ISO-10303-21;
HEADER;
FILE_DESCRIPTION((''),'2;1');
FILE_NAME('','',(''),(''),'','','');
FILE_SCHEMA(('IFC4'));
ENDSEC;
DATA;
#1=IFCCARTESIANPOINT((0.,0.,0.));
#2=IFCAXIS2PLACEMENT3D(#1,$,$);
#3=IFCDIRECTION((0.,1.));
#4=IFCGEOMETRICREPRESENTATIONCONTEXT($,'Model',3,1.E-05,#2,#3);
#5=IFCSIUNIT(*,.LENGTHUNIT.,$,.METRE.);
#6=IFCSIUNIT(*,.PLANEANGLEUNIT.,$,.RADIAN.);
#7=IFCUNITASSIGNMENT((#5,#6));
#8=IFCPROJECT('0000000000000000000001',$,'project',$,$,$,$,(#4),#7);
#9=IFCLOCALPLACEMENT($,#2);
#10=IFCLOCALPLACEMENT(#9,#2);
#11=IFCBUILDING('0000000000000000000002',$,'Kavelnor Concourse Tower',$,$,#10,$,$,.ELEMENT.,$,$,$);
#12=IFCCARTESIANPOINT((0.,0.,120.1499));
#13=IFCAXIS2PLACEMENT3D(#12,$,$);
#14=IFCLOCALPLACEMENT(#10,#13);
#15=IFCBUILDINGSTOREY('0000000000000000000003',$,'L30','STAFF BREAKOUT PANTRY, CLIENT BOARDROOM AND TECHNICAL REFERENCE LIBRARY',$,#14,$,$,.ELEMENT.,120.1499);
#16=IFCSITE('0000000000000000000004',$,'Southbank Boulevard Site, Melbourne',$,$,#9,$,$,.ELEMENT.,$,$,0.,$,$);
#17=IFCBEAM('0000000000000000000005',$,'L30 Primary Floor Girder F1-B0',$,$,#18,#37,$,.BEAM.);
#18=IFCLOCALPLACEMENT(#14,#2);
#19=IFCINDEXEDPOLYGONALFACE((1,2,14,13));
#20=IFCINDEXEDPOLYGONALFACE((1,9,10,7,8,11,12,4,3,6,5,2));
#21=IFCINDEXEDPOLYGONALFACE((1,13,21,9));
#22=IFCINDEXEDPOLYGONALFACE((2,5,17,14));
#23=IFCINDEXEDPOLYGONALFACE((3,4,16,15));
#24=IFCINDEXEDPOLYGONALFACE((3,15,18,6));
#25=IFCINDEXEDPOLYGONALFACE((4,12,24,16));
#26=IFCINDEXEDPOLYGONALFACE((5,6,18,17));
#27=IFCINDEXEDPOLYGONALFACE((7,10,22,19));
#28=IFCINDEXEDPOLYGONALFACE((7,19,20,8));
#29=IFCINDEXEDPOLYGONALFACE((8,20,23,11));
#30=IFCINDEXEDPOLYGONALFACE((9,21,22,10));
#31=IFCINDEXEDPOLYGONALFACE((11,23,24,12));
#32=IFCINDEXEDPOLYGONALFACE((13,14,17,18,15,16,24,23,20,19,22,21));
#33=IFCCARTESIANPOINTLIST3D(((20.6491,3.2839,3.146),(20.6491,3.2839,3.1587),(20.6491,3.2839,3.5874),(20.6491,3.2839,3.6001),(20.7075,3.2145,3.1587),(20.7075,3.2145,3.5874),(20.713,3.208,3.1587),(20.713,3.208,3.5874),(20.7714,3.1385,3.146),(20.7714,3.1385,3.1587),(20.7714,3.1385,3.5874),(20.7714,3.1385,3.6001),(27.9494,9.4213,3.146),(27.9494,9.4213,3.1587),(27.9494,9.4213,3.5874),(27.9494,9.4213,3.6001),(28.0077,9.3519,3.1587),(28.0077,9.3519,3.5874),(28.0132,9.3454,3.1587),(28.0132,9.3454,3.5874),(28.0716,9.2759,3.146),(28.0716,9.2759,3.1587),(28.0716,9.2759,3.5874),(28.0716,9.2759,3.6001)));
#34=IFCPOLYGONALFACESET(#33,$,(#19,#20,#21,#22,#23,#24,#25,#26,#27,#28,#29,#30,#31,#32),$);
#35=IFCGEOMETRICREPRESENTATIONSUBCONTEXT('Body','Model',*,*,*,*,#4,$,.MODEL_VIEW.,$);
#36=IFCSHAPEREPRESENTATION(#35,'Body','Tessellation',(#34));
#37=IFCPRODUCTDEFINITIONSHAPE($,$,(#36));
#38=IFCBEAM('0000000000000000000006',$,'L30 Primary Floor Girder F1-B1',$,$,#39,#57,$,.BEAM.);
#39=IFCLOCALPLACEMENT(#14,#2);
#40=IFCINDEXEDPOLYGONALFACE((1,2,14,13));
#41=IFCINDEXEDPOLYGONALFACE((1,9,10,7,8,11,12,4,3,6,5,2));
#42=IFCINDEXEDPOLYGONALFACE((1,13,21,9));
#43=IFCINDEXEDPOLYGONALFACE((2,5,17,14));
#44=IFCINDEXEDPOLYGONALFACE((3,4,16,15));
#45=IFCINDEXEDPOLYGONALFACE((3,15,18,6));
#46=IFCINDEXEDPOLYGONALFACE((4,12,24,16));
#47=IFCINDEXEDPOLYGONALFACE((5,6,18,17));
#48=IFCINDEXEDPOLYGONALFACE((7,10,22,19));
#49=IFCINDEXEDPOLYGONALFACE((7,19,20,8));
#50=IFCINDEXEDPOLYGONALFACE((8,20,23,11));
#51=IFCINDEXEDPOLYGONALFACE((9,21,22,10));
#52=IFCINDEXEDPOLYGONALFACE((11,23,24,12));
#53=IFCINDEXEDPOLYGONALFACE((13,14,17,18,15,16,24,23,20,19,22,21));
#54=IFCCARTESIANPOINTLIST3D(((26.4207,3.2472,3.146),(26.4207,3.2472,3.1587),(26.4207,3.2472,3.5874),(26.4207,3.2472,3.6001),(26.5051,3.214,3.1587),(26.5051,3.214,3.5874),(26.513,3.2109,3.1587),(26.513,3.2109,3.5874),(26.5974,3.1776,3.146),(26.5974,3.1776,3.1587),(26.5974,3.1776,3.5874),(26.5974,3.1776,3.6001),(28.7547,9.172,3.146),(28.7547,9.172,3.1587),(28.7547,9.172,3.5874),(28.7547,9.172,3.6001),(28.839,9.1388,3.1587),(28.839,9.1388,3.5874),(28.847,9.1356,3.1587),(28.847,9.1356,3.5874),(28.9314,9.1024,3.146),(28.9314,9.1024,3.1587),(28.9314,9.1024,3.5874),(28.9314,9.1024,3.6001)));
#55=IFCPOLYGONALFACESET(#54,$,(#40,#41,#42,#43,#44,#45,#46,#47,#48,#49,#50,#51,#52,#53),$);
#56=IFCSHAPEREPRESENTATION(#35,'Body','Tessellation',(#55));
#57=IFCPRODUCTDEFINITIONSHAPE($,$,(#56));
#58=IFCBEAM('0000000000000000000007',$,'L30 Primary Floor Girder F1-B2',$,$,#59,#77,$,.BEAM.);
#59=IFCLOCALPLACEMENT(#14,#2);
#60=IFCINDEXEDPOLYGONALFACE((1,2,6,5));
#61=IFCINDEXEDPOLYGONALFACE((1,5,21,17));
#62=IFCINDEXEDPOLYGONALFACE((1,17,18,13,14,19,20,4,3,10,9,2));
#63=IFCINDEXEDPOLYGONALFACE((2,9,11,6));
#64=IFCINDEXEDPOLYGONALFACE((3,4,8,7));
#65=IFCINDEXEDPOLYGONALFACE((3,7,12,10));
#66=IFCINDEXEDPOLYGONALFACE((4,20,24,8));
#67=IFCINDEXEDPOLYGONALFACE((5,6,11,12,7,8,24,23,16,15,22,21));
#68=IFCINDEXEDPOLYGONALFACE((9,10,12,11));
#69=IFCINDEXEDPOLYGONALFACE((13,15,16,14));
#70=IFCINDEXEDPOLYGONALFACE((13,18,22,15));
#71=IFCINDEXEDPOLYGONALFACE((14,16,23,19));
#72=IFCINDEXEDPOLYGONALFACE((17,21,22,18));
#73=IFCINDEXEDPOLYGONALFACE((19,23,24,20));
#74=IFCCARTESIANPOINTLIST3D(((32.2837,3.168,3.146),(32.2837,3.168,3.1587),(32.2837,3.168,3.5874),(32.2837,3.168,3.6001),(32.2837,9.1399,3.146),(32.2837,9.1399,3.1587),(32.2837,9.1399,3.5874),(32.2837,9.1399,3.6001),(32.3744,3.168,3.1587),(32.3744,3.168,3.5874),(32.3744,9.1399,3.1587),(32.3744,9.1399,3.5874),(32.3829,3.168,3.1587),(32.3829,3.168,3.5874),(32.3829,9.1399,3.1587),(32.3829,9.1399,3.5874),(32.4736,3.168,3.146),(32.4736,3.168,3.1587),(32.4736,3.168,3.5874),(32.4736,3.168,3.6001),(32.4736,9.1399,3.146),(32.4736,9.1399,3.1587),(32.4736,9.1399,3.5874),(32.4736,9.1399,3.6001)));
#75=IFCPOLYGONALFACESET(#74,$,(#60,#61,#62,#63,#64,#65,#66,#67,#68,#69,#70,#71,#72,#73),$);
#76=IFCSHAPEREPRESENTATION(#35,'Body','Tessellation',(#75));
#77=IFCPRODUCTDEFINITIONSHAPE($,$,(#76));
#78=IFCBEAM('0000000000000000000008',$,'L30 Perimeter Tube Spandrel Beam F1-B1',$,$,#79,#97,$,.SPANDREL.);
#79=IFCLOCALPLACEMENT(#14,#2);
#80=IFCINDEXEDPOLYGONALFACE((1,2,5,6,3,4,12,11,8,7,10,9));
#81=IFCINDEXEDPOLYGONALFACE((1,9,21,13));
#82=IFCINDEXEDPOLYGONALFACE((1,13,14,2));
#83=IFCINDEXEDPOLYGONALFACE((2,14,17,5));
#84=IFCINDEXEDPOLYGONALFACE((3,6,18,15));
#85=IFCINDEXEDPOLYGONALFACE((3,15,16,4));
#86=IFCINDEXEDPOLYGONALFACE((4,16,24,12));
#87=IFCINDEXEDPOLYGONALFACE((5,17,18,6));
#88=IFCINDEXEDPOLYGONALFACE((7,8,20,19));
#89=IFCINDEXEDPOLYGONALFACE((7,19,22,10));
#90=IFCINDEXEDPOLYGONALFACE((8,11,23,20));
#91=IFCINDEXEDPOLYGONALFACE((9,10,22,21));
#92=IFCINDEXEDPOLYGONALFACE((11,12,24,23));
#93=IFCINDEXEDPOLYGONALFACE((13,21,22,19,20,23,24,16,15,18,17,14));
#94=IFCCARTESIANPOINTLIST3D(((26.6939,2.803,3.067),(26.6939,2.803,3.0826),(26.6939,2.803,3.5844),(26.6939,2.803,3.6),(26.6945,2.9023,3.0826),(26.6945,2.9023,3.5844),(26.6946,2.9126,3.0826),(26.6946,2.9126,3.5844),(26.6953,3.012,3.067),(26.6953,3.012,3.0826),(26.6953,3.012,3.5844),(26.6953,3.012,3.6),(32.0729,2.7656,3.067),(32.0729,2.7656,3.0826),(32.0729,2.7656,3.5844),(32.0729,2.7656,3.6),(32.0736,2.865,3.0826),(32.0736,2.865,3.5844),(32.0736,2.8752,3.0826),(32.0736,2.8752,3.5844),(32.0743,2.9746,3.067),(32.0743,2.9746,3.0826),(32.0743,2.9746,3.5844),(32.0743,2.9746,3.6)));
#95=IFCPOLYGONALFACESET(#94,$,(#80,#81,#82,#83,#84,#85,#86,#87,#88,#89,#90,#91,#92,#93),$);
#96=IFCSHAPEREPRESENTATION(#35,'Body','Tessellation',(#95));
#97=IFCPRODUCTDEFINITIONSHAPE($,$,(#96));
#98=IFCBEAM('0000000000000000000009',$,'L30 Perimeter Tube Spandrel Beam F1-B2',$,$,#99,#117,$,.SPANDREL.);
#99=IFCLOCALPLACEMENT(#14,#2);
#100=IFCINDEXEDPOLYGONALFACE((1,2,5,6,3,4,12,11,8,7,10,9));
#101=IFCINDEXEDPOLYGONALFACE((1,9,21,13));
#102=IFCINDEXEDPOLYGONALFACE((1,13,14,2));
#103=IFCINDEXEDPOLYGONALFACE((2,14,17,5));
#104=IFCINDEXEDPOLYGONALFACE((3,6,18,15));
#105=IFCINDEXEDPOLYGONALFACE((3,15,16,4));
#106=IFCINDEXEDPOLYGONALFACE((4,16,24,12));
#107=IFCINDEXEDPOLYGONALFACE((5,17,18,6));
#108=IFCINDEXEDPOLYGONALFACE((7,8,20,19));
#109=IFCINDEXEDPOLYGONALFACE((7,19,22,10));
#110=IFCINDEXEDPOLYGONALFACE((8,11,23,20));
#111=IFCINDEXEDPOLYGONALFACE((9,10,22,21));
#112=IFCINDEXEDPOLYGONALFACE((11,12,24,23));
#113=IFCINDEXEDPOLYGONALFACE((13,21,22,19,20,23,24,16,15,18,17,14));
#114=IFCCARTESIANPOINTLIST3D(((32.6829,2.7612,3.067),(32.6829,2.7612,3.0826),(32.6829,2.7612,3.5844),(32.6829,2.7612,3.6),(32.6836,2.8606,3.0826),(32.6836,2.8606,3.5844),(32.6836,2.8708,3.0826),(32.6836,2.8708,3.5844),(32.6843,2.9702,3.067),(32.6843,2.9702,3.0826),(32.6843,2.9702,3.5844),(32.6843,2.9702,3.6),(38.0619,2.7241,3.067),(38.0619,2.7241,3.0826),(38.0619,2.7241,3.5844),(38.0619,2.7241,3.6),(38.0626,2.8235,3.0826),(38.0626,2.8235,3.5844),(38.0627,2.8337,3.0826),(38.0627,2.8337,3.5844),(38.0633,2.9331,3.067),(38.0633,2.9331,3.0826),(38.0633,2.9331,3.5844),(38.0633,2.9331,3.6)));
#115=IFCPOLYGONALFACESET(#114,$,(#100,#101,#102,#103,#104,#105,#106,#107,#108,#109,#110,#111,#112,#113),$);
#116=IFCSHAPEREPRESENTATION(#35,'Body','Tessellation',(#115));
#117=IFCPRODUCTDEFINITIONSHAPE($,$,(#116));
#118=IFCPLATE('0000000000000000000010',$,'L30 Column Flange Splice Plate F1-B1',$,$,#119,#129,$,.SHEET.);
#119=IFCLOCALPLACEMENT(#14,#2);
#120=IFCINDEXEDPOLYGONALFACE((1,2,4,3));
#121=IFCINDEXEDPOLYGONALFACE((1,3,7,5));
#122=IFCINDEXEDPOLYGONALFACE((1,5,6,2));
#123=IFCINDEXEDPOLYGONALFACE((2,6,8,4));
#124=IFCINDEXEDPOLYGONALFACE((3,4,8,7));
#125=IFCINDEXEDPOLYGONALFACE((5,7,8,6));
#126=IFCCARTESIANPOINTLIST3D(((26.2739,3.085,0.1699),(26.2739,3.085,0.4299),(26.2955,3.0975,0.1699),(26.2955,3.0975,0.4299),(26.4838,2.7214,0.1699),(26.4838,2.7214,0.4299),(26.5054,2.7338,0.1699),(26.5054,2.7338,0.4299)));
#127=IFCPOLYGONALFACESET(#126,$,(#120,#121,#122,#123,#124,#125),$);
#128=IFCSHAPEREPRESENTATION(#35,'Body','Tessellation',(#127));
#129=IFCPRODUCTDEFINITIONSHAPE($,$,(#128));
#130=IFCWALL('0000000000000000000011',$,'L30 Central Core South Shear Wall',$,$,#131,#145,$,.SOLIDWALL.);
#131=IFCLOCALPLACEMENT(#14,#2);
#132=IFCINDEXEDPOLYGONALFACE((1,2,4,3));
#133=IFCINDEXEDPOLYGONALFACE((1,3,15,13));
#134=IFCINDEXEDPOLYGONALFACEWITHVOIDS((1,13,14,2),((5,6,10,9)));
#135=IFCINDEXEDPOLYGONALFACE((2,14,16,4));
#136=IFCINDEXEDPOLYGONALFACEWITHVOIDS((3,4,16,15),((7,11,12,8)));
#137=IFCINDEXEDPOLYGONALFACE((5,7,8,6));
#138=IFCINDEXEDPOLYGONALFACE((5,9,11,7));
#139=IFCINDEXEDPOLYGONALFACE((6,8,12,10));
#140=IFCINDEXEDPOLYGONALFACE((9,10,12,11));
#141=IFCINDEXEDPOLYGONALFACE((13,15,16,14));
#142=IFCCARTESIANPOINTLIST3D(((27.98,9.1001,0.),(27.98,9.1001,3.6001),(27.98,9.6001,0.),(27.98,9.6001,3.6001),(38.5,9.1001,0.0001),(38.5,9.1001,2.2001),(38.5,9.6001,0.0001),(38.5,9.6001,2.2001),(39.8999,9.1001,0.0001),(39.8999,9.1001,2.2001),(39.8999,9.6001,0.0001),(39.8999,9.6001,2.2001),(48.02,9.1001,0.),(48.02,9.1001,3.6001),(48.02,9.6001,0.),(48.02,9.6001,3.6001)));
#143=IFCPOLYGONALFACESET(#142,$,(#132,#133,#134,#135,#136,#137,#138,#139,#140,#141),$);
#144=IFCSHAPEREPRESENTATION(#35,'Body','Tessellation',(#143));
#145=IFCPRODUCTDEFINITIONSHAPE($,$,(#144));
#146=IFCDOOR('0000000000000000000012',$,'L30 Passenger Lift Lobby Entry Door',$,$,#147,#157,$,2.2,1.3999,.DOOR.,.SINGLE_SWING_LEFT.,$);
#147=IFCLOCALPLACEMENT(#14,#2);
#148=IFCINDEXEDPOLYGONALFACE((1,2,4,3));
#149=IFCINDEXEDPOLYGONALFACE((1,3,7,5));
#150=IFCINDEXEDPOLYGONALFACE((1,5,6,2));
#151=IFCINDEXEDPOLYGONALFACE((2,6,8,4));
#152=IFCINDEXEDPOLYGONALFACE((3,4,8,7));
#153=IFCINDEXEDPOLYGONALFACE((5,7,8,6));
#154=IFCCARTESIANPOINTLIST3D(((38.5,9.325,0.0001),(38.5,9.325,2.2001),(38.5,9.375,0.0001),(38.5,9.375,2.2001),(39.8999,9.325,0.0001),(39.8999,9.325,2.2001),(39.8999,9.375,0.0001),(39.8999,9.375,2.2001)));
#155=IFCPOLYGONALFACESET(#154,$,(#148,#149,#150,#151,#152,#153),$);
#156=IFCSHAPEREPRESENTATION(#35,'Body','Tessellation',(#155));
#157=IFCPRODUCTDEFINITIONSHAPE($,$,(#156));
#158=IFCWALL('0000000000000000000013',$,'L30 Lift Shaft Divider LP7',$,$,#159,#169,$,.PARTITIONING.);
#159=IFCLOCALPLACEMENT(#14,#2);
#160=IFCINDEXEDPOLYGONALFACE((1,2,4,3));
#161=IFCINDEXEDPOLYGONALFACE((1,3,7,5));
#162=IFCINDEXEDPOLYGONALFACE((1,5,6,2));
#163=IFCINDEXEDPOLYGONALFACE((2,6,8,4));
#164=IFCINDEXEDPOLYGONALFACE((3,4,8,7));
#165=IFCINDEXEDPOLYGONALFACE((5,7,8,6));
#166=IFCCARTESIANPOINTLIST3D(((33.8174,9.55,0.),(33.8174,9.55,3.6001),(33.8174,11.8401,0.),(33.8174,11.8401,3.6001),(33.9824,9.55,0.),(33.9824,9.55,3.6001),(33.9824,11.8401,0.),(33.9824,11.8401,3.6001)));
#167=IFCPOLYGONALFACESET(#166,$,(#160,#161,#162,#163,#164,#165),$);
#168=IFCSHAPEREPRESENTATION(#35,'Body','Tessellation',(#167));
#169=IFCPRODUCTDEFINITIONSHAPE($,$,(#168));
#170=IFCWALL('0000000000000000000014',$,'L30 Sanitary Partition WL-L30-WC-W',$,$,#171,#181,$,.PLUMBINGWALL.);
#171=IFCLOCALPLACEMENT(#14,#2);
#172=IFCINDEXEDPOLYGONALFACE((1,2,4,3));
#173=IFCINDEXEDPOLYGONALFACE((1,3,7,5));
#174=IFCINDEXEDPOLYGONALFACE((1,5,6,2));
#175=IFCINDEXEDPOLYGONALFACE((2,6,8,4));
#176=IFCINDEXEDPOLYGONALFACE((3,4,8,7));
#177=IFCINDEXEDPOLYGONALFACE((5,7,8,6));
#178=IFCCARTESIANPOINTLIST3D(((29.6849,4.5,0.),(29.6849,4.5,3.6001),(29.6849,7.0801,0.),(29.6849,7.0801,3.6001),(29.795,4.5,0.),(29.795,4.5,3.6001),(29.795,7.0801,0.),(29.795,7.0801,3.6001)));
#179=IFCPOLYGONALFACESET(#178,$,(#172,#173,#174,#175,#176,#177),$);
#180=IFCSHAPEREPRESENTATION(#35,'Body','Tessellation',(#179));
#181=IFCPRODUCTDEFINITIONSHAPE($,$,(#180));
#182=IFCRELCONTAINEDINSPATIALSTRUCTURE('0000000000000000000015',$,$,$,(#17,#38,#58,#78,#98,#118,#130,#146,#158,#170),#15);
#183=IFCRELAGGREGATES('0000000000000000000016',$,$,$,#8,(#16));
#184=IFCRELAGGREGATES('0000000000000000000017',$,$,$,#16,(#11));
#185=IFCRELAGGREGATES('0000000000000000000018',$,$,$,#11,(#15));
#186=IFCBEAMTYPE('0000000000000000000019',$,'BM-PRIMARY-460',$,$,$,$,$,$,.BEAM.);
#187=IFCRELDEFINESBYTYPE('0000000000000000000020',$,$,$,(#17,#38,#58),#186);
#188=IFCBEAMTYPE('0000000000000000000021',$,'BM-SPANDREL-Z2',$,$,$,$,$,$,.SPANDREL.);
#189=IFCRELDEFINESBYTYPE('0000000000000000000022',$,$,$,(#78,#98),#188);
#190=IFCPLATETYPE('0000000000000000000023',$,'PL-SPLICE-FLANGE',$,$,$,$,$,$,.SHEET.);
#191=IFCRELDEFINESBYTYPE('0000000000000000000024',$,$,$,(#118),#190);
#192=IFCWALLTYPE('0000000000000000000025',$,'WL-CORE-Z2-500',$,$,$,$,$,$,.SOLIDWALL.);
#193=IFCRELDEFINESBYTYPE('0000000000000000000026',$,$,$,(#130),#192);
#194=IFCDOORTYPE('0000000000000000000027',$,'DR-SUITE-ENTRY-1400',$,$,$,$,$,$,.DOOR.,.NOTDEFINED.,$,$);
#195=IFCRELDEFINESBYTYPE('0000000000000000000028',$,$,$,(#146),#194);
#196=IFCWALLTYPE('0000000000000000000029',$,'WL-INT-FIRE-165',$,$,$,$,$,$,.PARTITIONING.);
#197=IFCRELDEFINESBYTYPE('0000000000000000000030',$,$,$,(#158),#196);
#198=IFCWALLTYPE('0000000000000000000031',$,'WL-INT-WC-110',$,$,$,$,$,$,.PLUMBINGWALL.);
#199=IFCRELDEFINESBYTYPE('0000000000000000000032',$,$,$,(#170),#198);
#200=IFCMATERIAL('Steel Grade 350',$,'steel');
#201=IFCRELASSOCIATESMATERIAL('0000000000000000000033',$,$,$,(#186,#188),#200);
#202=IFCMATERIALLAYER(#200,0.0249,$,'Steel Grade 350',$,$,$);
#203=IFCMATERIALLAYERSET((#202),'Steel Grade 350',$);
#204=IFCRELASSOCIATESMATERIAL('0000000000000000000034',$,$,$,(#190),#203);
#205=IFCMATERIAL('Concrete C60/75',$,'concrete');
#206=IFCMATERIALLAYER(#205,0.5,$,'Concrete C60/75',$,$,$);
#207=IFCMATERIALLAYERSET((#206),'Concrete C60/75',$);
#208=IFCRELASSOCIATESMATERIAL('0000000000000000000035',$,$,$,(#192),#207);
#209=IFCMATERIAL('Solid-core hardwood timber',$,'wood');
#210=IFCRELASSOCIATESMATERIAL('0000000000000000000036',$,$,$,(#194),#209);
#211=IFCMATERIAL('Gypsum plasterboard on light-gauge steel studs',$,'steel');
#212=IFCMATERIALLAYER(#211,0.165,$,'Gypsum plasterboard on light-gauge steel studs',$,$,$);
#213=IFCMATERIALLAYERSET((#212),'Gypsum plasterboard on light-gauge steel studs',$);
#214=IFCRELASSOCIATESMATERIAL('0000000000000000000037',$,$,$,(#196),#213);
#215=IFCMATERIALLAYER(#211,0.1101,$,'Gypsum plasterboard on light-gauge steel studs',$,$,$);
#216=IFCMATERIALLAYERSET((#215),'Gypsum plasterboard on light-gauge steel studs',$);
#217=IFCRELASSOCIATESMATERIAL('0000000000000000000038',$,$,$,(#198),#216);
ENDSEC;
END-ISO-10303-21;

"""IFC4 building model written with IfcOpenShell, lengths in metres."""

from ifc_helpers import new_model, si_unit, direction, frame, frame_2d, origin, origin_2d, place, context, subcontext, project, spatial, rectangle, i_section, extrude, material, layer, layer_set, material_profile, profile_set, type_object, element, fill, save


model = new_model("IFC4")

# Units and contexts
model_context = context("Model", 3, precision=1e-05, world=origin(), true_north=direction((0.0, 1.0)))
body_context = subcontext(model_context, "Body", "Model", "MODEL_VIEW")
ifc_project = project(units=[si_unit("LENGTHUNIT", "METRE"), si_unit("PLANEANGLEUNIT", "RADIAN")], contexts=[model_context])

# Site, building, storey
site_placement = place(None, origin())
site = spatial("IfcSite", under=ifc_project, at=site_placement, Name="Southbank Boulevard Site, Melbourne", CompositionType="ELEMENT", RefElevation=0.0)
building_placement = place(site_placement, origin())
building = spatial("IfcBuilding", under=site, at=building_placement, Name="Kavelnor Concourse Tower", CompositionType="ELEMENT")
storey_placement = place(building_placement, frame((0.0, 0.0, 120.1499)))
storey = spatial("IfcBuildingStorey", under=building, at=storey_placement, Name="L30", Description="STAFF BREAKOUT PANTRY, CLIENT BOARDROOM AND TECHNICAL REFERENCE LIBRARY", CompositionType="ELEMENT", Elevation=120.1499)

# Shared definitions
ifc_material_1 = material(Name="Steel Grade 350", Category="steel")

# Beams
ifc_material_profile_1 = material_profile(ifc_material_1, i_section(OverallWidth=0.1899, OverallDepth=0.4541, WebThickness=0.0085, FlangeThickness=0.0127, at=origin_2d()), Name="460UB67")
ifc_profile_set_1 = profile_set([ifc_material_profile_1], Name="Steel Grade 350")
beam_type_1 = type_object("IfcBeamType", Name="BM-PRIMARY-460", PredefinedType="BEAM", material=ifc_profile_set_1)
beam_1_placement = place(storey_placement, frame((28.0105, 9.3486, 3.373), z_axis=(-0.765436, -0.643512, 0.0), x_axis=(0.643512, -0.765436, 0.0)))
element("IfcBeam", 1, at=beam_1_placement, inside=storey, type_object=beam_type_1, Name="L30 Primary Floor Girder F1-B0", PredefinedType="BEAM", context=body_context, shape_type="SweptSolid", body=[
    extrude(i_section(OverallWidth=0.1899, OverallDepth=0.4541, WebThickness=0.0085, FlangeThickness=0.0127, at=origin_2d()), origin(), (0.0, 0.0, 1.0), 9.5374),
])
beam_2_placement = place(storey_placement, frame((28.843, 9.1372, 3.373), z_axis=(-0.36652, -0.93041, 0.0), x_axis=(0.93041, -0.36652, 0.0)))
element("IfcBeam", 2, at=beam_2_placement, inside=storey, type_object=beam_type_1, Name="L30 Primary Floor Girder F1-B1", PredefinedType="BEAM", context=body_context, shape_type="SweptSolid", body=[
    extrude(i_section(OverallWidth=0.1899, OverallDepth=0.4541, WebThickness=0.0085, FlangeThickness=0.0127, at=origin_2d()), origin(), (0.0, 0.0, 1.0), 6.3679),
])
beam_3_placement = place(storey_placement, frame((32.3787, 9.1399, 3.373), z_axis=(0.0, -1.0, 0.0), x_axis=(1.0, 0.0, 0.0)))
element("IfcBeam", 3, at=beam_3_placement, inside=storey, type_object=beam_type_1, Name="L30 Primary Floor Girder F1-B2", PredefinedType="BEAM", context=body_context, shape_type="SweptSolid", body=[
    extrude(i_section(OverallWidth=0.1899, OverallDepth=0.4541, WebThickness=0.0085, FlangeThickness=0.0127, at=origin_2d()), origin(), (0.0, 0.0, 1.0), 5.9719),
])
ifc_material_profile_2 = material_profile(ifc_material_1, i_section(OverallWidth=0.209, OverallDepth=0.533, WebThickness=0.0103, FlangeThickness=0.0156, at=origin_2d()), Name="530UB92")
ifc_profile_set_2 = profile_set([ifc_material_profile_2], Name="Steel Grade 350")
beam_type_2 = type_object("IfcBeamType", Name="BM-SPANDREL-Z2", PredefinedType="SPANDREL", material=ifc_profile_set_2)
for number, where, z_axis, x_axis, name in (
    (4, (26.6946, 2.9075, 3.3335), (0.999976, -0.006944, 0.0), (0.006944, 0.999976, 0.0), "L30 Perimeter Tube Spandrel Beam F1-B1"),
    (5, (32.6836, 2.8657, 3.3335), (0.999976, -0.006899, 0.0), (0.006899, 0.999976, 0.0), "L30 Perimeter Tube Spandrel Beam F1-B2"),
):
    element("IfcBeam", number, at=place(storey_placement, frame(where, z_axis=z_axis, x_axis=x_axis)), inside=storey, type_object=beam_type_2, Name=name, PredefinedType="SPANDREL", context=body_context, shape_type="SweptSolid", body=[
        extrude(i_section(OverallWidth=0.209, OverallDepth=0.533, WebThickness=0.0103, FlangeThickness=0.0156, at=origin_2d()), origin(), (0.0, 0.0, 1.0), 5.3792),
    ])

# Plate
ifc_layer_1 = layer(ifc_material_1, 0.0249, Name="Steel Grade 350")
ifc_layer_set_1 = layer_set([ifc_layer_1], Name="Steel Grade 350")
plate_type = type_object("IfcPlateType", Name="PL-SPLICE-FLANGE", PredefinedType="SHEET", material=ifc_layer_set_1)
plate_placement = place(storey_placement, frame((26.3896, 2.9094, 0.1699), z_axis=(0.0, 0.0, 1.0), x_axis=(-0.5, 0.866025, 0.0)))
element("IfcPlate", 6, at=plate_placement, inside=storey, type_object=plate_type, Name="L30 Column Flange Splice Plate F1-B1", PredefinedType="SHEET", context=body_context, shape_type="SweptSolid", body=[
    extrude(rectangle(XDim=0.4199, YDim=0.0249, at=origin_2d()), origin(), (0.0, 0.0, 1.0), 0.26),
])

# Wall, opening, door
ifc_material_2 = material(Name="Concrete C60/75", Category="concrete")
ifc_layer_2 = layer(ifc_material_2, 0.5, Name="Concrete C60/75")
ifc_layer_set_2 = layer_set([ifc_layer_2], Name="Concrete C60/75")
wall_type_1 = type_object("IfcWallType", Name="WL-CORE-Z2-500", PredefinedType="SOLIDWALL", material=ifc_layer_set_2)
wall_1_placement = place(storey_placement, frame((27.98, 9.3501, 0.0), z_axis=(0.0, 0.0, 1.0), x_axis=(1.0, 0.0, 0.0)))
wall_1 = element("IfcWall", 7, at=wall_1_placement, inside=storey, type_object=wall_type_1, Name="L30 Central Core South Shear Wall", PredefinedType="SOLIDWALL", context=body_context, shape_type="SweptSolid", body=[
    extrude(rectangle(XDim=20.04, YDim=0.5, at=frame_2d((10.02, 0.0))), origin(), (0.0, 0.0, 1.0), 3.6001),
])
opening_1_placement = place(wall_1_placement, frame((10.52, 0.0, 0.0)))
opening_1 = element("IfcOpeningElement", 8, at=opening_1_placement, cuts=wall_1, PredefinedType="OPENING", context=body_context, shape_type="SweptSolid", body=[
    extrude(rectangle(XDim=1.3999, YDim=2.2, at=frame_2d((0.7, 1.1001))), frame((0.0, 0.26, 0.0), z_axis=(0.0, -1.0, 0.0), x_axis=(1.0, 0.0, 0.0)), (0.0, 0.0, 1.0), 0.52),
])
ifc_material_3 = material(Name="Solid-core hardwood timber", Category="wood")
door_type_1 = type_object("IfcDoorType", Name="DR-SUITE-ENTRY-1400", OperationType="NOTDEFINED", PredefinedType="DOOR", material=ifc_material_3)
door_1_placement = place(opening_1_placement, origin())
door_1 = element("IfcDoor", 9, at=door_1_placement, inside=storey, type_object=door_type_1, Name="L30 Passenger Lift Lobby Entry Door", OperationType="SINGLE_SWING_LEFT", OverallHeight=2.2, OverallWidth=1.3999, PredefinedType="DOOR", context=body_context, shape_type="SweptSolid", body=[
    extrude(rectangle(XDim=1.3999, YDim=2.2, at=frame_2d((0.7, 1.1001))), frame((0.0, 0.0249, 0.0), z_axis=(0.0, -1.0, 0.0), x_axis=(1.0, 0.0, 0.0)), (0.0, 0.0, 1.0), 0.05),
])
fill(opening_1, door_1)

# Walls
ifc_material_4 = material(Name="Gypsum plasterboard on light-gauge steel studs", Category="steel")
ifc_layer_3 = layer(ifc_material_4, 0.165, Name="Gypsum plasterboard on light-gauge steel studs")
ifc_layer_set_3 = layer_set([ifc_layer_3], Name="Gypsum plasterboard on light-gauge steel studs")
wall_type_2 = type_object("IfcWallType", Name="WL-INT-FIRE-165", PredefinedType="PARTITIONING", material=ifc_layer_set_3)
wall_2_placement = place(storey_placement, frame((33.8999, 9.55, 0.0), z_axis=(0.0, 0.0, 1.0), x_axis=(0.0, 1.0, 0.0)))
element("IfcWall", 10, at=wall_2_placement, inside=storey, type_object=wall_type_2, Name="L30 Lift Shaft Divider LP7", PredefinedType="PARTITIONING", context=body_context, shape_type="SweptSolid", body=[
    extrude(rectangle(XDim=2.29, YDim=0.165, at=frame_2d((1.145, 0.0))), origin(), (0.0, 0.0, 1.0), 3.6001),
])
ifc_layer_4 = layer(ifc_material_4, 0.1101, Name="Gypsum plasterboard on light-gauge steel studs")
ifc_layer_set_4 = layer_set([ifc_layer_4], Name="Gypsum plasterboard on light-gauge steel studs")
wall_type_3 = type_object("IfcWallType", Name="WL-INT-WC-110", PredefinedType="PLUMBINGWALL", material=ifc_layer_set_4)
wall_3_placement = place(storey_placement, frame((29.74, 4.5, 0.0), z_axis=(0.0, 0.0, 1.0), x_axis=(0.0, 1.0, 0.0)))
element("IfcWall", 11, at=wall_3_placement, inside=storey, type_object=wall_type_3, Name="L30 Sanitary Partition WL-L30-WC-W", PredefinedType="PLUMBINGWALL", context=body_context, shape_type="SweptSolid", body=[
    extrude(rectangle(XDim=2.5801, YDim=0.1101, at=frame_2d((1.29, 0.0))), origin(), (0.0, 0.0, 1.0), 3.6001),
])

save(model, "model.ifc")
